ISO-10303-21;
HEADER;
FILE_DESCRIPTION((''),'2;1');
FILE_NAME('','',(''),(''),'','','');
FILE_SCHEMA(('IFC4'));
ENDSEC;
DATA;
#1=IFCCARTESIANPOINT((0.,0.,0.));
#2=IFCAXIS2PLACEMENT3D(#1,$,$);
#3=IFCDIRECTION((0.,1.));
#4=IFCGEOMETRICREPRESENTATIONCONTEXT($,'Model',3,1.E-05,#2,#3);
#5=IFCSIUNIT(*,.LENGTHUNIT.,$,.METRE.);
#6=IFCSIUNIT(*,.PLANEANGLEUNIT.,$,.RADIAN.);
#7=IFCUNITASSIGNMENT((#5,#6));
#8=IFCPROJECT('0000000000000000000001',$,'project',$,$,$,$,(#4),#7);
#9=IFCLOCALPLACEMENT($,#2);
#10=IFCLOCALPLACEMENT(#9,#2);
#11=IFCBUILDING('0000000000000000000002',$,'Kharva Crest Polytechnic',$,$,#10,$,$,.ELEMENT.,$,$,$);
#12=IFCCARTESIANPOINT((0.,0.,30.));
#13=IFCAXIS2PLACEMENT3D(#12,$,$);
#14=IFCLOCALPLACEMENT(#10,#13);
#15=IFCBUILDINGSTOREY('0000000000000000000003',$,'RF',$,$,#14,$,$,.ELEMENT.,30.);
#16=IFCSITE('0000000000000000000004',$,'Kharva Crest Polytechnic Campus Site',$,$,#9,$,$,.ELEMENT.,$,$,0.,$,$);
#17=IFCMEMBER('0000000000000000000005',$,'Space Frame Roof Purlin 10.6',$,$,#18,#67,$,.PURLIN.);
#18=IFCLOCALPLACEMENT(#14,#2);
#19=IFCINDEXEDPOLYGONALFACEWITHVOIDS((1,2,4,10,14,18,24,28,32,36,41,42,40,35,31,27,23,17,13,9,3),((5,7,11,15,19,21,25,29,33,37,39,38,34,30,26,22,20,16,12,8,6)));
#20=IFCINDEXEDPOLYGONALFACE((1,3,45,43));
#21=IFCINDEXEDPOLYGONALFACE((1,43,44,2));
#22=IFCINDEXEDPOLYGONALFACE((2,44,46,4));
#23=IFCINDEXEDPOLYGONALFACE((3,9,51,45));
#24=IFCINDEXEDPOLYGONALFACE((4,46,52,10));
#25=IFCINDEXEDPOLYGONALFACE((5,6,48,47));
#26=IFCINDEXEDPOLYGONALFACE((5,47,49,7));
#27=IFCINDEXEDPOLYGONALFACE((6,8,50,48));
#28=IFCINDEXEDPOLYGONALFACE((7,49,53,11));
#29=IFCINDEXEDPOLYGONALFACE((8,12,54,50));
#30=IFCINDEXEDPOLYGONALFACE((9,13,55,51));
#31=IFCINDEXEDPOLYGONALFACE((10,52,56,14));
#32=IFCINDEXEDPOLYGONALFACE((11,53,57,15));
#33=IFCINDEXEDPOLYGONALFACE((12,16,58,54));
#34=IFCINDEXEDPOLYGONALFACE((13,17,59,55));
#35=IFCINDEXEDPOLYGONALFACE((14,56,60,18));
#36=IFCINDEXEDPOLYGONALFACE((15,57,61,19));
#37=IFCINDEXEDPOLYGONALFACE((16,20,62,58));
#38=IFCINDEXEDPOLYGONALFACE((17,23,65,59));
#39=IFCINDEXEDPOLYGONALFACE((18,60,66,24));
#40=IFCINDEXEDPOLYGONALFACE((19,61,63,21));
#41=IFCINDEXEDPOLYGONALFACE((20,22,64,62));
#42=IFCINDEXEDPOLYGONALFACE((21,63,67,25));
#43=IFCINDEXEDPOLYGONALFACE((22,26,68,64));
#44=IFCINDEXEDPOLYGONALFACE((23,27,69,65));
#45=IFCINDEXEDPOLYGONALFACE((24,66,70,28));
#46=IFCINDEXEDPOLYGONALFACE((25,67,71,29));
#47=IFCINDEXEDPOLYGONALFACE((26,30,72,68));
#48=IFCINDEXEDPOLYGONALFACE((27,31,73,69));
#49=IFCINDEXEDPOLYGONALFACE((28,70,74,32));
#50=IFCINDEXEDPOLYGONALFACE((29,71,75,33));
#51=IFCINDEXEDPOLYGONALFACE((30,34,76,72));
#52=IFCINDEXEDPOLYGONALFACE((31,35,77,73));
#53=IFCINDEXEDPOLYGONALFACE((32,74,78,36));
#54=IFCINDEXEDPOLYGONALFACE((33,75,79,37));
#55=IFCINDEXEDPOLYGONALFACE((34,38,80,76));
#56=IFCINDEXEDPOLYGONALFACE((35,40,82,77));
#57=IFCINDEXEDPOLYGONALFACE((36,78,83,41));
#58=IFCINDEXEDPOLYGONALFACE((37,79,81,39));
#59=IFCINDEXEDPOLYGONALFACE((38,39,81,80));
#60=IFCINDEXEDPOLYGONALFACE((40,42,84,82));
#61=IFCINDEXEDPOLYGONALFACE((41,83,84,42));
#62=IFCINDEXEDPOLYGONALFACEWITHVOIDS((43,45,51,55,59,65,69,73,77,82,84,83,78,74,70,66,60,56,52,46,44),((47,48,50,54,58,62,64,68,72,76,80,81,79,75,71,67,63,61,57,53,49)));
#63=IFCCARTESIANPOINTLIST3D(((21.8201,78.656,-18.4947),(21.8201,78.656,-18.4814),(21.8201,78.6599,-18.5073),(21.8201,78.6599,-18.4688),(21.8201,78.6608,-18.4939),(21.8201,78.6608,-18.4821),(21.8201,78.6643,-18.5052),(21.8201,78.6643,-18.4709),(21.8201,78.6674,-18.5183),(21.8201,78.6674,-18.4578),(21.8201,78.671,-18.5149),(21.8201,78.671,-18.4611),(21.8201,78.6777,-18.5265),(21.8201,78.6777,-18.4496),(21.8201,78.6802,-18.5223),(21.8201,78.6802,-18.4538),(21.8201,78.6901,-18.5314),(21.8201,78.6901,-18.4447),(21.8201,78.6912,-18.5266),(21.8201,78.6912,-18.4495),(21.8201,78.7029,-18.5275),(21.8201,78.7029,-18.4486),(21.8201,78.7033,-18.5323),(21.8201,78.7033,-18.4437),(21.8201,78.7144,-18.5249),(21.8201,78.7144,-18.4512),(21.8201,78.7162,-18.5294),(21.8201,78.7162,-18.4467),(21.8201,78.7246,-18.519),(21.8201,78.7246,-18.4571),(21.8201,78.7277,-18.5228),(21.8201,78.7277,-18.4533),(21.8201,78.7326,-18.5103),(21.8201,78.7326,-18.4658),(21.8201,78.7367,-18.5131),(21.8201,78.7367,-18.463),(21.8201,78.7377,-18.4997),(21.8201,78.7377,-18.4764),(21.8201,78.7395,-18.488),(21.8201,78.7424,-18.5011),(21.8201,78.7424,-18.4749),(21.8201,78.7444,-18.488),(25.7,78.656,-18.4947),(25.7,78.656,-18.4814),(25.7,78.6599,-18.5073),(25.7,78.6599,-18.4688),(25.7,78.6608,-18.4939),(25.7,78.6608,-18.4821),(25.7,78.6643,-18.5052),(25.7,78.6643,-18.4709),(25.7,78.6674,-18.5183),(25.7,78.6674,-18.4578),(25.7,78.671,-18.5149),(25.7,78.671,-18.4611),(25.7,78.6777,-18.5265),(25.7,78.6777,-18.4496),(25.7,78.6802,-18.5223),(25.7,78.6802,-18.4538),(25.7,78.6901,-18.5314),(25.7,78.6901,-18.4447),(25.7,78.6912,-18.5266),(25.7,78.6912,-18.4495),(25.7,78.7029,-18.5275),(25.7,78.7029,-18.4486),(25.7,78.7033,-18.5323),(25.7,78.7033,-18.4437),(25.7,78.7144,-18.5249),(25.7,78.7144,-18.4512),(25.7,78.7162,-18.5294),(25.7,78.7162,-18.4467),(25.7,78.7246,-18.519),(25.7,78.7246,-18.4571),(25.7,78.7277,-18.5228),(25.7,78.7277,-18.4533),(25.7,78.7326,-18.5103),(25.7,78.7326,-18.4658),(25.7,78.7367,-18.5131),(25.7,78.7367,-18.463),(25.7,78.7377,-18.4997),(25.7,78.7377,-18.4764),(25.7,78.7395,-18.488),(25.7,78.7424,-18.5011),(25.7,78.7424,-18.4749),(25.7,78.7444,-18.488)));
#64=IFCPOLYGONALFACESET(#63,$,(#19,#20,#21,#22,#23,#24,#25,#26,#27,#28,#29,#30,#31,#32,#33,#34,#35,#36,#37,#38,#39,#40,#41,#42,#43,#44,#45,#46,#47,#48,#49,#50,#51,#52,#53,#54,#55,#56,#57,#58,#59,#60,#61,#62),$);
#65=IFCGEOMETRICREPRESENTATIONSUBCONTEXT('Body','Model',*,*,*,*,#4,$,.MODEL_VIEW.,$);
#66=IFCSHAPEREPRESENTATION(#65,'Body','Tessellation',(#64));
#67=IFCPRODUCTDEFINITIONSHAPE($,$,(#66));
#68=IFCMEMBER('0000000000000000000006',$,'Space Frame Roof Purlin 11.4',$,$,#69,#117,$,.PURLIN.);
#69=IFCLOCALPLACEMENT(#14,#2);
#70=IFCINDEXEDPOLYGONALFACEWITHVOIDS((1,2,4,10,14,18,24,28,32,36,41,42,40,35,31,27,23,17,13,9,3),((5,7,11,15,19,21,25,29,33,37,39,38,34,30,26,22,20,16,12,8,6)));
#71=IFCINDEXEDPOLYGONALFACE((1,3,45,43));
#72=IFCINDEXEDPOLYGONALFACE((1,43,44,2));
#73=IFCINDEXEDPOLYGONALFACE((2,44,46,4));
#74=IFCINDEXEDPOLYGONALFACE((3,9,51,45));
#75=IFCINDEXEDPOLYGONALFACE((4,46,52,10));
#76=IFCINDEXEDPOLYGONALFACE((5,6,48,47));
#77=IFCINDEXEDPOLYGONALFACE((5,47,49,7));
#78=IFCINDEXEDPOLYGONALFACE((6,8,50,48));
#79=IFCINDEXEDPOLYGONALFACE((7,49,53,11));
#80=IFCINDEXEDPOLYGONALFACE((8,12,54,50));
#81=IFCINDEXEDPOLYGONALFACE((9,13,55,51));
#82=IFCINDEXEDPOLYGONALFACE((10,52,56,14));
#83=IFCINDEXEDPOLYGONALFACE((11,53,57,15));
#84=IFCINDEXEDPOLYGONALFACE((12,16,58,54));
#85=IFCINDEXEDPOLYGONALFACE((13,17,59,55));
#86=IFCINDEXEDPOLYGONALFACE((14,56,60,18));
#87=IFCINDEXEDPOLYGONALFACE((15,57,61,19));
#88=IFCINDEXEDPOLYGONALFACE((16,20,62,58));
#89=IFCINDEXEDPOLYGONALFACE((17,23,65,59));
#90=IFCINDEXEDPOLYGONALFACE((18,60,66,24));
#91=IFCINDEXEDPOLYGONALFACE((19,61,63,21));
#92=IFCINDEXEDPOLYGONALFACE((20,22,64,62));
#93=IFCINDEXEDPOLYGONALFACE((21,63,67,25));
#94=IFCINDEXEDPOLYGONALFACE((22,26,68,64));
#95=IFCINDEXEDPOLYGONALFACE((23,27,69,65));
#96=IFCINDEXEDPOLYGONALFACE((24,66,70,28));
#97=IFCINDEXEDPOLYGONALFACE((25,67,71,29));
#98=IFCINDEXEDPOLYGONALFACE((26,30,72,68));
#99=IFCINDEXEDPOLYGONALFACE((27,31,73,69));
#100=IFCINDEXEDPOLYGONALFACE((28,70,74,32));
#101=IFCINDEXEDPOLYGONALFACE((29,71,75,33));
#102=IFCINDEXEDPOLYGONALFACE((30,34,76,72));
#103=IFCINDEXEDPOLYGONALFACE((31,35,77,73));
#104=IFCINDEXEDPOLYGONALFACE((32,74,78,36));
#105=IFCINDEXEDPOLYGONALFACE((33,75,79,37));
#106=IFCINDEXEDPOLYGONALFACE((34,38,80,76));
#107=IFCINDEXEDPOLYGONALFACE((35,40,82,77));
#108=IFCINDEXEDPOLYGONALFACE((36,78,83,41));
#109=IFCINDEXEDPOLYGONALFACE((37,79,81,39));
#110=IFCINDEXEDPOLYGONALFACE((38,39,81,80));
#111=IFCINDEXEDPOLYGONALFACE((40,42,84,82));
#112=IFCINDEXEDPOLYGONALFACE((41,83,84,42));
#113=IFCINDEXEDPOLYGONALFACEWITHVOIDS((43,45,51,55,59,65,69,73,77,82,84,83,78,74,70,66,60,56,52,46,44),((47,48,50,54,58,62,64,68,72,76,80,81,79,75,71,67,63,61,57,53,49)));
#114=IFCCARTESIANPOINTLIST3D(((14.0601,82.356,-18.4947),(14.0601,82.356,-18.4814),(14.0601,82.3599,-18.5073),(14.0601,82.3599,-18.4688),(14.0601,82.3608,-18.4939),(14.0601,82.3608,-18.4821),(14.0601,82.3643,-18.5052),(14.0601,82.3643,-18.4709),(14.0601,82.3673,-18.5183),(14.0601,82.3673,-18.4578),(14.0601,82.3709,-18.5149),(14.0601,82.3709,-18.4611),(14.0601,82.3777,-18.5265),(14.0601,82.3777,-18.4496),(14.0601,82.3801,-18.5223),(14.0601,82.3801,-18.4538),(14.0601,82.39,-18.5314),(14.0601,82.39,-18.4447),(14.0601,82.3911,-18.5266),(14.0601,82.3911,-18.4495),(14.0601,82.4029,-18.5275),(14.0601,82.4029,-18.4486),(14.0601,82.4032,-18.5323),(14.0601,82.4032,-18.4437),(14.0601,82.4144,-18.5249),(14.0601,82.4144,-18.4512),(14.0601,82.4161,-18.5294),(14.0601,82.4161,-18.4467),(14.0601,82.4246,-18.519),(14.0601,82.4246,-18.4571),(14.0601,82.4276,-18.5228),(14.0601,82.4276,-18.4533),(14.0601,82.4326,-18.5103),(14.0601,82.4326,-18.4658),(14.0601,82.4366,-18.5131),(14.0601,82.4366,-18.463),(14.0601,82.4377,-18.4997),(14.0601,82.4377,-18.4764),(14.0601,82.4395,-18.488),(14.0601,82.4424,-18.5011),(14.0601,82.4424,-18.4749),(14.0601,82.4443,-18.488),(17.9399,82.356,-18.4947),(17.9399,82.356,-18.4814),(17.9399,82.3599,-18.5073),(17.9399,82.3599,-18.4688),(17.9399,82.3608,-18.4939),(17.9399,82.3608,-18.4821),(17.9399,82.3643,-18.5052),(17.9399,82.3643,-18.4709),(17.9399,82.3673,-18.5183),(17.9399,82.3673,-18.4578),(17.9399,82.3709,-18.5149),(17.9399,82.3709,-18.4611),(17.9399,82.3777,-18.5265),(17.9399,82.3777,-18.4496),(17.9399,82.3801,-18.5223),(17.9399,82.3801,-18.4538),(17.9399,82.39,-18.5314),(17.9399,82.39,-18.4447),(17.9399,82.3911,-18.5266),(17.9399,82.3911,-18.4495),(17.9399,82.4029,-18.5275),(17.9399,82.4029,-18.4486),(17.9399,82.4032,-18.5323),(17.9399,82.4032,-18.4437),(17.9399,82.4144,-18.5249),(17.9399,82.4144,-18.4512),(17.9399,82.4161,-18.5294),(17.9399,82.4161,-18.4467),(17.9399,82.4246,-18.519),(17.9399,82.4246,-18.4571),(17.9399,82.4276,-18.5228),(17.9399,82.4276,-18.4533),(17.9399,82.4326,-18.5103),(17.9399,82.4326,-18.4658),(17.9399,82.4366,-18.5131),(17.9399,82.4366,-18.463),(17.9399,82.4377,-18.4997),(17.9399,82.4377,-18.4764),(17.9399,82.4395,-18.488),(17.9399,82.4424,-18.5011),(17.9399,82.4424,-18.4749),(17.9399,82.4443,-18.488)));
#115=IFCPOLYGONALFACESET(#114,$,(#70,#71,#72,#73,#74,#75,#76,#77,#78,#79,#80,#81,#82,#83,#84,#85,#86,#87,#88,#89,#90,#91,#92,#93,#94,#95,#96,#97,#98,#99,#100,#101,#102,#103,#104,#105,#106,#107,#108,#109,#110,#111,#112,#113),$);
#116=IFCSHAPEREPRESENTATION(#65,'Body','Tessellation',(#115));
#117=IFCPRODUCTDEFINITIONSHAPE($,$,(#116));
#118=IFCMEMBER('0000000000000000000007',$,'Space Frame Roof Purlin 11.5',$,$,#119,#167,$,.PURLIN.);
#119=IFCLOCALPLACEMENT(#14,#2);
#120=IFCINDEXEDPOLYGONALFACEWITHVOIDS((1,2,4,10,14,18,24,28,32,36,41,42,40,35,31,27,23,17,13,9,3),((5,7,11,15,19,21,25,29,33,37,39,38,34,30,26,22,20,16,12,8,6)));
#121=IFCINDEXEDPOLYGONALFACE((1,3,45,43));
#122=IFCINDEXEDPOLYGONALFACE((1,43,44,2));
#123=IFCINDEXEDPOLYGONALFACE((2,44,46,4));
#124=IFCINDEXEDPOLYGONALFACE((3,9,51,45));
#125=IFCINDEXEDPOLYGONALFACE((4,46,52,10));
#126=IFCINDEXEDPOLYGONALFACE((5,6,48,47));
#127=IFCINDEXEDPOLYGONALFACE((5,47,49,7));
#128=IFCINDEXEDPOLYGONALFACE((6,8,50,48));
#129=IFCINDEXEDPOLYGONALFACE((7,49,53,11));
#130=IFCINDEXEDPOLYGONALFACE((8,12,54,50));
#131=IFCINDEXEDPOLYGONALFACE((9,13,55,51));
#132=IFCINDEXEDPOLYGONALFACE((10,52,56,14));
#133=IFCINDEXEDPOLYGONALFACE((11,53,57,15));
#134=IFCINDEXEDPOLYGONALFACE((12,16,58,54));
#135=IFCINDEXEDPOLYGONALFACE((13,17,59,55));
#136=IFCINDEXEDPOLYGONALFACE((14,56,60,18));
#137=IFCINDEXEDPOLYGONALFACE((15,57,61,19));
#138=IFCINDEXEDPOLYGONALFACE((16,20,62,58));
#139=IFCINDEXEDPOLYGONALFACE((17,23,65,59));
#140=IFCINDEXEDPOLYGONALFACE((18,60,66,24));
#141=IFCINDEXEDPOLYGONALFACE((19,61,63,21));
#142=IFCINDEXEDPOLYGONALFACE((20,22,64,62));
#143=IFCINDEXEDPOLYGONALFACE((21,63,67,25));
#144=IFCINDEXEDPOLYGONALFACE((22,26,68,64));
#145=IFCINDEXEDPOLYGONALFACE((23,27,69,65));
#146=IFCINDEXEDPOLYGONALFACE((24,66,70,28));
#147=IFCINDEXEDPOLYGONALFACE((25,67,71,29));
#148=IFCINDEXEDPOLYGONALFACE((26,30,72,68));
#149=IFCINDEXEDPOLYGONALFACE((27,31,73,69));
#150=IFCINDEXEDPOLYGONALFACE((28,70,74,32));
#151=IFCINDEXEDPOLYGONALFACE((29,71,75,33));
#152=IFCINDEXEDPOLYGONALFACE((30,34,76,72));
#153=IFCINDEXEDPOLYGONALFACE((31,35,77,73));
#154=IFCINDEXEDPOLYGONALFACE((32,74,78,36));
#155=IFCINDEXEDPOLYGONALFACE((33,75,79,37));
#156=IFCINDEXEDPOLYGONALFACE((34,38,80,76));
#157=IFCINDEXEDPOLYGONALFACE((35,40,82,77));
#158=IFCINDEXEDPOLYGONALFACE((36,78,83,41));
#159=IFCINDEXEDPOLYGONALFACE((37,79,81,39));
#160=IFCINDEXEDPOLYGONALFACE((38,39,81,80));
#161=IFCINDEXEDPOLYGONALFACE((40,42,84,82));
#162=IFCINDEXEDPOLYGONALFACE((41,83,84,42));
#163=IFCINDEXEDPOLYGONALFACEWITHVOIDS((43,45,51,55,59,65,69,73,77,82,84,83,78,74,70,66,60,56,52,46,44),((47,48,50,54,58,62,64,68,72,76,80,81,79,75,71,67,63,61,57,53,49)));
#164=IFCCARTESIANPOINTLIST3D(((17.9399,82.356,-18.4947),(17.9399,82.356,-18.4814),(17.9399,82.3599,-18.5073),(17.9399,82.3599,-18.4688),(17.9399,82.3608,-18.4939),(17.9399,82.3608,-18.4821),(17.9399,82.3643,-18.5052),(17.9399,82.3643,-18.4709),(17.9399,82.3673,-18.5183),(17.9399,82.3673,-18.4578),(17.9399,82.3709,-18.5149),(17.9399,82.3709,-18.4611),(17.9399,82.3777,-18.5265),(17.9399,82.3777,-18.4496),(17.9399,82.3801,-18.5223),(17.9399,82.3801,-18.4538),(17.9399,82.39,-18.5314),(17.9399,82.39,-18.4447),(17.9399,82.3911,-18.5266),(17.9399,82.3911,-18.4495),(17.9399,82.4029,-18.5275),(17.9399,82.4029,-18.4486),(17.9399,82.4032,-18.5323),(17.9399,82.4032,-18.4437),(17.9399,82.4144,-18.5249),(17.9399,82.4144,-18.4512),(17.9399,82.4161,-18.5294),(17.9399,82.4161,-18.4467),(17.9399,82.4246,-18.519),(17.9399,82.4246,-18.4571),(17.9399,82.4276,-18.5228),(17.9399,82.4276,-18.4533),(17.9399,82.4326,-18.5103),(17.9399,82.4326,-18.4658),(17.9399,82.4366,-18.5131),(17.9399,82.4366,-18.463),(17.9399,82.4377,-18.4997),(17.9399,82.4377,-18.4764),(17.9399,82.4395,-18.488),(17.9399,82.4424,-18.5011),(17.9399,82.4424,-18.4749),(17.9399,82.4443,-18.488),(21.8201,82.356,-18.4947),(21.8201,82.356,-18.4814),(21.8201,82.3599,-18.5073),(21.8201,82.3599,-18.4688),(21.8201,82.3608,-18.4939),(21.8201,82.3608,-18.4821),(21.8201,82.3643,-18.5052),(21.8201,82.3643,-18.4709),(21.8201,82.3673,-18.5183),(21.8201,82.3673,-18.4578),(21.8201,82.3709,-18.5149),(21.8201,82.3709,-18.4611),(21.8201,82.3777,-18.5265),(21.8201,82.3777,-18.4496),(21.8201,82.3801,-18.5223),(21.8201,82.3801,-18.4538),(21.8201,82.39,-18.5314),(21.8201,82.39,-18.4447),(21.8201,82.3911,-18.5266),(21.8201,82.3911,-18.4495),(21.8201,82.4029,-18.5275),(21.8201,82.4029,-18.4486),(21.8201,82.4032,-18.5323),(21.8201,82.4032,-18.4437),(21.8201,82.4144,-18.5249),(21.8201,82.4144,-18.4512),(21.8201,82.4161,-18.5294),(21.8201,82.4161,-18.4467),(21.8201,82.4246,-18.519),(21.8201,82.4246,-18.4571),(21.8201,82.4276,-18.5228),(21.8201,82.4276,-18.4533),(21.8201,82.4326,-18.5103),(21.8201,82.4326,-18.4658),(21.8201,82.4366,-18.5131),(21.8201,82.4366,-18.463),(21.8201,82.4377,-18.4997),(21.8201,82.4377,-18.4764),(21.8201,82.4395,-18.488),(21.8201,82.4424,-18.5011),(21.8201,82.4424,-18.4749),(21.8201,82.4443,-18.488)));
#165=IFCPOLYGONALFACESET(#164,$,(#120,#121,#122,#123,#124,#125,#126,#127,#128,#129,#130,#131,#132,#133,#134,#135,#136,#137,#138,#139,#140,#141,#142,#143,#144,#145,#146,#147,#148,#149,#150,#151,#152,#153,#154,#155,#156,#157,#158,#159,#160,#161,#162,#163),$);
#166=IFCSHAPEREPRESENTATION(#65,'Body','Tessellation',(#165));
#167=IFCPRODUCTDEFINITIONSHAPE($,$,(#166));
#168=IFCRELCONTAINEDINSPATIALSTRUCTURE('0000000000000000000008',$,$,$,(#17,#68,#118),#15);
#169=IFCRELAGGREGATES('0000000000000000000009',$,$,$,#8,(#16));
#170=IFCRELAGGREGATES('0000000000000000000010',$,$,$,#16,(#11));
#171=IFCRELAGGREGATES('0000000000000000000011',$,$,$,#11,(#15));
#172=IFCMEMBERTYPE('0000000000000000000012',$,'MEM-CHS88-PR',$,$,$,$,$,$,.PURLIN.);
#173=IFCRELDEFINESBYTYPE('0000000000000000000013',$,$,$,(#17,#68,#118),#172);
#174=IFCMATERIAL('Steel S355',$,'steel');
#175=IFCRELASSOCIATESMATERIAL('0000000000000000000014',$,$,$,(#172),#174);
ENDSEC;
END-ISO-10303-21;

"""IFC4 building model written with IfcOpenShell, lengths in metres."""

from ifc_helpers import new_model, si_unit, direction, frame, origin, origin_2d, place, context, subcontext, project, spatial, hollow_circle, extrude, material, material_profile, profile_set, type_object, element, save


model = new_model("IFC4")

# Units and contexts
model_context = context("Model", 3, precision=1e-05, world=origin(), true_north=direction((0.0, 1.0)))
body_context = subcontext(model_context, "Body", "Model", "MODEL_VIEW")
ifc_project = project(units=[si_unit("LENGTHUNIT", "METRE"), si_unit("PLANEANGLEUNIT", "RADIAN")], contexts=[model_context])

# Site, building, storey
site_placement = place(None, origin())
site = spatial("IfcSite", under=ifc_project, at=site_placement, Name="Kharva Crest Polytechnic Campus Site", CompositionType="ELEMENT", RefElevation=0.0)
building_placement = place(site_placement, origin())
building = spatial("IfcBuilding", under=site, at=building_placement, Name="Kharva Crest Polytechnic", CompositionType="ELEMENT")
storey_placement = place(building_placement, frame((0.0, 0.0, 30.0)))
storey = spatial("IfcBuildingStorey", under=building, at=storey_placement, Name="RF", CompositionType="ELEMENT", Elevation=30.0)

# Members
ifc_material = material(Name="Steel S355", Category="steel")
ifc_material_profile = material_profile(ifc_material, hollow_circle(Radius=0.0444, WallThickness=0.0049, at=origin_2d()), Name="CHS 88.9X5.0")
ifc_profile_set = profile_set([ifc_material_profile], Name="Steel S355")
member_type = type_object("IfcMemberType", Name="MEM-CHS88-PR", PredefinedType="PURLIN", material=ifc_profile_set)
for number, where, z_axis, x_axis, name in (
    (1, (21.8201, 78.7, -18.488), (1.0, 0.0, 0.0), (0.0, 1.0, 0.0), "Space Frame Roof Purlin 10.6"),
    (2, (14.0601, 82.3999, -18.488), (1.0, 0.0, 0.0), (0.0, 1.0, 0.0), "Space Frame Roof Purlin 11.4"),
):
    element("IfcMember", number, at=place(storey_placement, frame(where, z_axis=z_axis, x_axis=x_axis)), inside=storey, type_object=member_type, Name=name, PredefinedType="PURLIN", context=body_context, shape_type="SweptSolid", body=[
        extrude(hollow_circle(Radius=0.0444, WallThickness=0.0049, at=origin_2d()), origin(), (0.0, 0.0, 1.0), 3.8799),
    ])
member_1_placement = place(storey_placement, frame((17.9399, 82.3999, -18.488), z_axis=(1.0, 0.0, 0.0), x_axis=(0.0, 1.0, 0.0)))
element("IfcMember", 3, at=member_1_placement, inside=storey, type_object=member_type, Name="Space Frame Roof Purlin 11.5", PredefinedType="PURLIN", context=body_context, shape_type="SweptSolid", body=[
    extrude(hollow_circle(Radius=0.0444, WallThickness=0.0049, at=origin_2d()), origin(), (0.0, 0.0, 1.0), 3.8801),
])

save(model, "model.ifc")
